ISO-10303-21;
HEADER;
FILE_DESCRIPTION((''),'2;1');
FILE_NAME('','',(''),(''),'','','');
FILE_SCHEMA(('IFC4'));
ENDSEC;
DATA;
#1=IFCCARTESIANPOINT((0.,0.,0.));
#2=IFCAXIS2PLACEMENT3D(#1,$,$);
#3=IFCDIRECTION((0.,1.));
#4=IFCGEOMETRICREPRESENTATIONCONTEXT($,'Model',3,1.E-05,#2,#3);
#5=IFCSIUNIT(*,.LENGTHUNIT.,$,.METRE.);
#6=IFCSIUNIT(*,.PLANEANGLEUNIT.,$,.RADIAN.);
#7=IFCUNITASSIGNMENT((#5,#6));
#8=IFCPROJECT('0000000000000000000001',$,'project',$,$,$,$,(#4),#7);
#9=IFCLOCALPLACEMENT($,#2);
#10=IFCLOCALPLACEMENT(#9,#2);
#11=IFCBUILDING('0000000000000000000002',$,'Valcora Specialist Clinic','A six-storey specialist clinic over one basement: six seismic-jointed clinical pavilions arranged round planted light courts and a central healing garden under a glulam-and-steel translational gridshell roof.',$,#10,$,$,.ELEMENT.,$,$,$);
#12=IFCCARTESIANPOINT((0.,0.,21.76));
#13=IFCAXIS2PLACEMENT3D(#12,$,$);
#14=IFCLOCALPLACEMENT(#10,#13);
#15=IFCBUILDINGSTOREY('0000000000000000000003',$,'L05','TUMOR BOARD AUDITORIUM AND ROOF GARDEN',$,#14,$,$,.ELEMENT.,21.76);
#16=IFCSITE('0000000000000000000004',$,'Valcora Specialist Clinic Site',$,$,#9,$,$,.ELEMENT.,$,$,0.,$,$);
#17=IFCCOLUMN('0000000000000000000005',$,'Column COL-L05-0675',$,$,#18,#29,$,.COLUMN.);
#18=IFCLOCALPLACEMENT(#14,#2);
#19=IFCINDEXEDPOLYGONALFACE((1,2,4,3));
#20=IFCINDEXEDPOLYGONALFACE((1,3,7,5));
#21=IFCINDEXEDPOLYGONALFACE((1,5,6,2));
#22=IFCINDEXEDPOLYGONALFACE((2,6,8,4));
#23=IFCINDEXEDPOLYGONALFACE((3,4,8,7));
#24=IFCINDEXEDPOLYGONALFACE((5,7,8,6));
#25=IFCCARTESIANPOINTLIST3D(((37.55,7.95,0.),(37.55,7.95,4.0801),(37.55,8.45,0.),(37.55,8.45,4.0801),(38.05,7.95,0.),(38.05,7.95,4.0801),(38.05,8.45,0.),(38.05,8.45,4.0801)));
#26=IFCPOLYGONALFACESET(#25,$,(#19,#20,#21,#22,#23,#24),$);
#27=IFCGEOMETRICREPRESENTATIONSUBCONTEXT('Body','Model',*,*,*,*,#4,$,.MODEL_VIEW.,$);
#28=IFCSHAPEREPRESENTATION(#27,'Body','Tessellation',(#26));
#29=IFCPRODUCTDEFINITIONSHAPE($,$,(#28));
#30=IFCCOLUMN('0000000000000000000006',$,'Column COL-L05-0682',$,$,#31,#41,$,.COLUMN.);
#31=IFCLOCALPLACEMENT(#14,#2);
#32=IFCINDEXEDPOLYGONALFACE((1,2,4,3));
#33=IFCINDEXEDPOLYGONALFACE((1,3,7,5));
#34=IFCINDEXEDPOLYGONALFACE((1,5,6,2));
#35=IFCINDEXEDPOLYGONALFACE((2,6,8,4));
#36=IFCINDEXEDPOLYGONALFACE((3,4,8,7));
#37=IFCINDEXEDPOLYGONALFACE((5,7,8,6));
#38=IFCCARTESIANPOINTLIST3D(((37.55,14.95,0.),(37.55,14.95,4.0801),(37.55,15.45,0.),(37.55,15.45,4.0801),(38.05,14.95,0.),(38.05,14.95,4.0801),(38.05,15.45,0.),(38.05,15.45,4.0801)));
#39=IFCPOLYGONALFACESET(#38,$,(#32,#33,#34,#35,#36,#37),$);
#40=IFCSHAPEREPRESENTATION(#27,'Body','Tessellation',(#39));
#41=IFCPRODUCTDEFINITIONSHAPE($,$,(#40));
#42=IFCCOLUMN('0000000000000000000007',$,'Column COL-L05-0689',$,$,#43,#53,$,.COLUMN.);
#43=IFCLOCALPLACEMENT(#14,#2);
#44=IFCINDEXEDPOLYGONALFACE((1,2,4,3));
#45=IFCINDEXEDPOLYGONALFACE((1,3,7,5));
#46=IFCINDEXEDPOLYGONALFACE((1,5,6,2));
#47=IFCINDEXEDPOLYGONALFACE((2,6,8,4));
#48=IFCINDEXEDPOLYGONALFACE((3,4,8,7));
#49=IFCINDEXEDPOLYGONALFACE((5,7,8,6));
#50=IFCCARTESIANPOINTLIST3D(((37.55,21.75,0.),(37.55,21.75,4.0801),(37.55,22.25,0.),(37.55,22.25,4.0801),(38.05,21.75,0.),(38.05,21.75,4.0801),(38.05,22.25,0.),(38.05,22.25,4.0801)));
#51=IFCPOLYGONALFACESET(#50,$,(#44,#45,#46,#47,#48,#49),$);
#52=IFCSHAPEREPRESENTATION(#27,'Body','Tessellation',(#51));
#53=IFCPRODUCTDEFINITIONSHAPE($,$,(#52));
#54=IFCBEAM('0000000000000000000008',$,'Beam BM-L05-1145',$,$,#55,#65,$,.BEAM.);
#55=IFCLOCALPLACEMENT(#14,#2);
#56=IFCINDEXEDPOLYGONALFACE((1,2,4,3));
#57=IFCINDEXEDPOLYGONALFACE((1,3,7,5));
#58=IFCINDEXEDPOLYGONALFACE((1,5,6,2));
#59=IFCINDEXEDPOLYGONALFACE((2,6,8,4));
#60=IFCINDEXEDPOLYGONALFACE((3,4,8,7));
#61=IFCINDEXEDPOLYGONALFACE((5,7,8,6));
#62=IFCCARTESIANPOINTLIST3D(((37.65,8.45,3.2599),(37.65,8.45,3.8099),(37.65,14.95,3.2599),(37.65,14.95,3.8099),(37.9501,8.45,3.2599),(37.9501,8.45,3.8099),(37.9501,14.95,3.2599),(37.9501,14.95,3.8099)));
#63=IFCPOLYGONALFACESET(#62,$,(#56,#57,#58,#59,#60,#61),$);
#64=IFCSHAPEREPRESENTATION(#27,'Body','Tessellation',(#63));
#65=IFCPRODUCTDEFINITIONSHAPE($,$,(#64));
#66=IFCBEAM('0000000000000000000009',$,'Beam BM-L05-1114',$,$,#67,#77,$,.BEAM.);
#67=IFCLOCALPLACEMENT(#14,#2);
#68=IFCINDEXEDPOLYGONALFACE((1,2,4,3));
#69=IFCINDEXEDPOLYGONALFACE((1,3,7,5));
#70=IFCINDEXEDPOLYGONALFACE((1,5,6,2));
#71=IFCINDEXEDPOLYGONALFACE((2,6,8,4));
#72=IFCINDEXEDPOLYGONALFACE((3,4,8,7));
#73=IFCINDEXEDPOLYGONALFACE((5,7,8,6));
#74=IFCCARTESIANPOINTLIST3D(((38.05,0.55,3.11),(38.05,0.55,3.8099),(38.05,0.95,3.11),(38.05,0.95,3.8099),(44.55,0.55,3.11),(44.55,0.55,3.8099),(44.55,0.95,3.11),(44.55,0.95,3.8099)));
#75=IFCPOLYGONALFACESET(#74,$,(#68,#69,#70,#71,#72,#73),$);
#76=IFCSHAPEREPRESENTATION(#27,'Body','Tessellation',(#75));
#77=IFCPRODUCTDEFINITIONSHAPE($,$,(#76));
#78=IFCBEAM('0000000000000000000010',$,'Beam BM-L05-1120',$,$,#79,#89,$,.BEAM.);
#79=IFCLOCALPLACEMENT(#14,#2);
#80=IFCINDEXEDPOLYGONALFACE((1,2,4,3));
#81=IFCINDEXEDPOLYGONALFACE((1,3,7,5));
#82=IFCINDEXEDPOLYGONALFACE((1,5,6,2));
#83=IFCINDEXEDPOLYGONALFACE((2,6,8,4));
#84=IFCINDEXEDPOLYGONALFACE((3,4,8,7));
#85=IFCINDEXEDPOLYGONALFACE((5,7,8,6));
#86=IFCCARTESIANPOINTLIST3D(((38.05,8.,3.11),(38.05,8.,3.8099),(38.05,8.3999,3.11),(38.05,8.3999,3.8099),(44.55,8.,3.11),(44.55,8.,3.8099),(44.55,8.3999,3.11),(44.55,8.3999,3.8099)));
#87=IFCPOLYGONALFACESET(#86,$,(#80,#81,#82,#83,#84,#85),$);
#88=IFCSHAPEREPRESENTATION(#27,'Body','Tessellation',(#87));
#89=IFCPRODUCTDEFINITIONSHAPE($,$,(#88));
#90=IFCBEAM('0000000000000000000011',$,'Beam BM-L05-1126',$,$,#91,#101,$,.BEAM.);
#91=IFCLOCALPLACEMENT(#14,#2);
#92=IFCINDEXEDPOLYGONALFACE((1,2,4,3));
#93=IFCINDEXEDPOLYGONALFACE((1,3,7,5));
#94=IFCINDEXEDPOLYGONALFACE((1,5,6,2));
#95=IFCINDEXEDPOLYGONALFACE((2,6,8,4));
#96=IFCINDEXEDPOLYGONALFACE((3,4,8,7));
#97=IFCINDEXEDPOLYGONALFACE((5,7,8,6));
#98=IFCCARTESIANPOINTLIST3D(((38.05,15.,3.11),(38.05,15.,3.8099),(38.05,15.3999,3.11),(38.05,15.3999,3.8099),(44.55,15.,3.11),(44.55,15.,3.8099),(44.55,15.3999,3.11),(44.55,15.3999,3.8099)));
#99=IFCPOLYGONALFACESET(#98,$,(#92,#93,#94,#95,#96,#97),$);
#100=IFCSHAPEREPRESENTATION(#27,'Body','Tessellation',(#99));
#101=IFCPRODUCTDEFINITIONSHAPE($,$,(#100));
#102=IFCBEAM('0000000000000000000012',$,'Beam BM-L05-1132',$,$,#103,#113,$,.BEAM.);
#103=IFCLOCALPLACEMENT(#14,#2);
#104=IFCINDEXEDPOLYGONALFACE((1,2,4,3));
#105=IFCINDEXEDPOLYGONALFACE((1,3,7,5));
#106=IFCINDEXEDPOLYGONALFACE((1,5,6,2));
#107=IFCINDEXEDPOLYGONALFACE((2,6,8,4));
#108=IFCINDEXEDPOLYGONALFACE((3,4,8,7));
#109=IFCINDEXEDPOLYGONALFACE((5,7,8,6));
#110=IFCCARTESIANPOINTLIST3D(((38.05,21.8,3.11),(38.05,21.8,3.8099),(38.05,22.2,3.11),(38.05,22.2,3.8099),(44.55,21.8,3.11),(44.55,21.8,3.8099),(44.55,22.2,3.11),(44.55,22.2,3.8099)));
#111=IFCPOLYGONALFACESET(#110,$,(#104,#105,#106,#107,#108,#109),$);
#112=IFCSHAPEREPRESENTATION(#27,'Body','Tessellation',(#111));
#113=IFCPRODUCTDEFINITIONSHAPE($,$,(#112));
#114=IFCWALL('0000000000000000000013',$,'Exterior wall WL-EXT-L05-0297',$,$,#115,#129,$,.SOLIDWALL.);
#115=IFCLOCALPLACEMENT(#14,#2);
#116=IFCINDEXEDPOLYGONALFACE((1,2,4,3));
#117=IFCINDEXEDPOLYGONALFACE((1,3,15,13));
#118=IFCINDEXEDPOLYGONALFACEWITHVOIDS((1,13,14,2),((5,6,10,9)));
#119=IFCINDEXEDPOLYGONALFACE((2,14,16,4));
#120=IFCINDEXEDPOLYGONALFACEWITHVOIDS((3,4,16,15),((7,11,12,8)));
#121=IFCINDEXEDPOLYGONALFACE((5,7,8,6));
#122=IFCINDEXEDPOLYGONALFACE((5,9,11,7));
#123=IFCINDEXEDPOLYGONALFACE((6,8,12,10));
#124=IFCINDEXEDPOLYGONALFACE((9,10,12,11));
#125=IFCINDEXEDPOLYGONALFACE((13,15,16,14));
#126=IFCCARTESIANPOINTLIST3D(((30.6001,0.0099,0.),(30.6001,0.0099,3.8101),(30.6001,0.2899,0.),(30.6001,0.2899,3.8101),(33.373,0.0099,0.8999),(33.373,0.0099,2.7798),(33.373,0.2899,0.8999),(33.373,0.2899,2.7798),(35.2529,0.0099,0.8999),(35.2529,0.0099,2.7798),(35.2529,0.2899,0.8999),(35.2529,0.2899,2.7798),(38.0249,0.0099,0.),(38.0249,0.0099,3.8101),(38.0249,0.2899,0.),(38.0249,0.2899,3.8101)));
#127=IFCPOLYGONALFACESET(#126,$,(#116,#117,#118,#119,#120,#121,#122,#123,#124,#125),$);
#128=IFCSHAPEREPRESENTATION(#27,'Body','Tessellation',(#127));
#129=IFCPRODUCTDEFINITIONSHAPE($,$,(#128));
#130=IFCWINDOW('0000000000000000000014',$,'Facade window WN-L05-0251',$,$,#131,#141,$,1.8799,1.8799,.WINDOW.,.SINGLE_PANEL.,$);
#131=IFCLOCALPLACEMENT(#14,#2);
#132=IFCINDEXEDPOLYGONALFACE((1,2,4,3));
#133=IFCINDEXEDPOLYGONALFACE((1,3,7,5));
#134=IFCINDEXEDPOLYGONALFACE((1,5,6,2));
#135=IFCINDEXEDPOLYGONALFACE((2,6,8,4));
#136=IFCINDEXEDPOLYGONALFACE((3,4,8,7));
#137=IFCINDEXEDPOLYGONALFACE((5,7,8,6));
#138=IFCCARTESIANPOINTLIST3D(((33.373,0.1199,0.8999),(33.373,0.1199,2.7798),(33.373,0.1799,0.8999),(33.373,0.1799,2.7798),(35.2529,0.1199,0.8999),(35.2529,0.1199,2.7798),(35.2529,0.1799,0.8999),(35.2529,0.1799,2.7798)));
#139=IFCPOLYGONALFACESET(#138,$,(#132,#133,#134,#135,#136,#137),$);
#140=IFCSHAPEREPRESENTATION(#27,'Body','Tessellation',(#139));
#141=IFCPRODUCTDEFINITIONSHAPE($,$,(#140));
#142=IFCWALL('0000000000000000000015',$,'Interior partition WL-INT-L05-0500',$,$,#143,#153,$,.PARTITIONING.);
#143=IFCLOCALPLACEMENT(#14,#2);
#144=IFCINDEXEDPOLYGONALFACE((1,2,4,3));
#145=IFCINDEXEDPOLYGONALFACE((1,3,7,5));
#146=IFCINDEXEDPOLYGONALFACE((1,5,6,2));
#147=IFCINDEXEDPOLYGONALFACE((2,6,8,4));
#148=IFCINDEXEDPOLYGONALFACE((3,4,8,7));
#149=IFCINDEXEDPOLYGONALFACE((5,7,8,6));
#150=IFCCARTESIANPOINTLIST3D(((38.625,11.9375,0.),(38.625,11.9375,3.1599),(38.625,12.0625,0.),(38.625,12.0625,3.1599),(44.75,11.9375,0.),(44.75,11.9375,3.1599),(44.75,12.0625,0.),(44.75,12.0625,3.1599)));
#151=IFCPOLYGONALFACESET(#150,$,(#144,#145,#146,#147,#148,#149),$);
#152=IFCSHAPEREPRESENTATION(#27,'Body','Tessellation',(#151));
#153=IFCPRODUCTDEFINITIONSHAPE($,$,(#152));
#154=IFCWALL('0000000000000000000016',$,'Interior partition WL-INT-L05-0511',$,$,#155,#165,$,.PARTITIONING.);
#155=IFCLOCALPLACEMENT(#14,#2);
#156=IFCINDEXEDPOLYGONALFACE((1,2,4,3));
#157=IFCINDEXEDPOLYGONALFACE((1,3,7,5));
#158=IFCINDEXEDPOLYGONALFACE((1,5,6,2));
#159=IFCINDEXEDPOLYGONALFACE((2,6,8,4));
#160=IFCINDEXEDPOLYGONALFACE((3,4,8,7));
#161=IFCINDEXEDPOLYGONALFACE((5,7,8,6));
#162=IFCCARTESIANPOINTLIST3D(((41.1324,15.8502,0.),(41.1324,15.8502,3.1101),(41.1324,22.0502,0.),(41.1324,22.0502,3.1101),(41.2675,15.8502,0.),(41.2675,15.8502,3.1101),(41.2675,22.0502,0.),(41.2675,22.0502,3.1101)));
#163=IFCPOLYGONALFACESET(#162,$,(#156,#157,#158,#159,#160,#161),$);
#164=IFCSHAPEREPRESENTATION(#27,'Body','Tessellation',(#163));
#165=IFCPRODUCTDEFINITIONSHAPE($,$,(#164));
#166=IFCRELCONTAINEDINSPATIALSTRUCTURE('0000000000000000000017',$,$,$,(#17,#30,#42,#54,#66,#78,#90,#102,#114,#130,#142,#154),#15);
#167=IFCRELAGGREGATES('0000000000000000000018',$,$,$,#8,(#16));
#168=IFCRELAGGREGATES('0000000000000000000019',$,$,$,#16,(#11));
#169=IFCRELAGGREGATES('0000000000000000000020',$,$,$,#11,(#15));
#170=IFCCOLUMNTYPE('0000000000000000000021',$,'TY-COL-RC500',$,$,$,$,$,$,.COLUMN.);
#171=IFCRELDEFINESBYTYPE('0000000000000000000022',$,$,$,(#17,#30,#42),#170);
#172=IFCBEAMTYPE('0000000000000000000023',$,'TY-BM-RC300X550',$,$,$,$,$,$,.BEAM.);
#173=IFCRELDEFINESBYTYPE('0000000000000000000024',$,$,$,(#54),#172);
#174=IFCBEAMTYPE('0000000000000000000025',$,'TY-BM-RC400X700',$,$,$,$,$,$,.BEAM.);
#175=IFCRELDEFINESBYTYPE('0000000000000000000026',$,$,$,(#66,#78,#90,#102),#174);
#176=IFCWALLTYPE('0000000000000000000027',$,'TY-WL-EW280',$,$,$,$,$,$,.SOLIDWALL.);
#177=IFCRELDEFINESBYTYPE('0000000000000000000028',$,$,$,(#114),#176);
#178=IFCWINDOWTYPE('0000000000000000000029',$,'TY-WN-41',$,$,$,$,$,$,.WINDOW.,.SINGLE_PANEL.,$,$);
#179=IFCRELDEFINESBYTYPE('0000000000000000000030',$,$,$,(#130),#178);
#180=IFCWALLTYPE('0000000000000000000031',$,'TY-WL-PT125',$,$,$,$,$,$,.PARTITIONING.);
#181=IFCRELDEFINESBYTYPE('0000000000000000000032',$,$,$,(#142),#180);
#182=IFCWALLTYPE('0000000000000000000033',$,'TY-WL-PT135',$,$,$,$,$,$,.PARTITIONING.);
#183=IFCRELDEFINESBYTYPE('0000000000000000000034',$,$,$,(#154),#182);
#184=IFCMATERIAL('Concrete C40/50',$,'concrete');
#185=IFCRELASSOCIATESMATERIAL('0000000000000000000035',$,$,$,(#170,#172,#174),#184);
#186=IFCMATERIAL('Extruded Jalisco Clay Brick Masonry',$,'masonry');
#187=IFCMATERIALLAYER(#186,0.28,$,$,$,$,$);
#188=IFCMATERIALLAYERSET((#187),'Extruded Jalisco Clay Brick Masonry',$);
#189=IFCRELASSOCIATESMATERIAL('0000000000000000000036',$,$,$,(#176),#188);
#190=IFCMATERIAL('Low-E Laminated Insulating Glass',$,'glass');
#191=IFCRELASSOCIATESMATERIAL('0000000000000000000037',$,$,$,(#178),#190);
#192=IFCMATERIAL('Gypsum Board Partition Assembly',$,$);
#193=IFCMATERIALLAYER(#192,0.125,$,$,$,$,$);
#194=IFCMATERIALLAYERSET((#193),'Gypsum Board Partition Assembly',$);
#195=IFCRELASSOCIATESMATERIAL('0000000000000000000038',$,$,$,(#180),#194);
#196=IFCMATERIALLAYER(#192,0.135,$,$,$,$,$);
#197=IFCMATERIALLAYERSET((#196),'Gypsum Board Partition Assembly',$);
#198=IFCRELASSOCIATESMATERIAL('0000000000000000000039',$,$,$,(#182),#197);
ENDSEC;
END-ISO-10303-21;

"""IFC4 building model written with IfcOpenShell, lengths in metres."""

from ifc_helpers import new_model, si_unit, direction, frame, frame_2d, origin, origin_2d, place, context, subcontext, project, spatial, rectangle, extrude, material, layer, layer_set, material_profile, profile_set, type_object, element, fill, save


model = new_model("IFC4")

# Units and contexts
model_context = context("Model", 3, precision=1e-05, world=origin(), true_north=direction((0.0, 1.0)))
body_context = subcontext(model_context, "Body", "Model", "MODEL_VIEW")
ifc_project = project(units=[si_unit("LENGTHUNIT", "METRE"), si_unit("PLANEANGLEUNIT", "RADIAN")], contexts=[model_context])

# Site, building, storey
site_placement = place(None, origin())
site = spatial("IfcSite", under=ifc_project, at=site_placement, Name="Valcora Specialist Clinic Site", CompositionType="ELEMENT", RefElevation=0.0)
building_placement = place(site_placement, origin())
building = spatial("IfcBuilding", under=site, at=building_placement, Name="Valcora Specialist Clinic", Description="A six-storey specialist clinic over one basement: six seismic-jointed clinical pavilions arranged round planted light courts and a central healing garden under a glulam-and-steel translational gridshell roof.", CompositionType="ELEMENT")
storey_placement = place(building_placement, frame((0.0, 0.0, 21.76)))
storey = spatial("IfcBuildingStorey", under=building, at=storey_placement, Name="L05", Description="TUMOR BOARD AUDITORIUM AND ROOF GARDEN", CompositionType="ELEMENT", Elevation=21.76)

# Columns
ifc_material_1 = material(Name="Concrete C40/50", Category="concrete")
ifc_material_profile_1 = material_profile(ifc_material_1, rectangle(XDim=0.5, YDim=0.5, at=origin_2d()), Name="RC-COL-500X500")
ifc_profile_set_1 = profile_set([ifc_material_profile_1], Name="Concrete C40/50")
column_type = type_object("IfcColumnType", Name="TY-COL-RC500", PredefinedType="COLUMN", material=ifc_profile_set_1)
for number, where, z_axis, x_axis, name in (
    (1, (37.8, 8.2, 0.0), (0.0, 0.0, 1.0), (1.0, 0.0, 0.0), "Column COL-L05-0675"),
    (2, (37.8, 15.2, 0.0), (0.0, 0.0, 1.0), (1.0, 0.0, 0.0), "Column COL-L05-0682"),
    (3, (37.8, 22.0, 0.0), (0.0, 0.0, 1.0), (1.0, 0.0, 0.0), "Column COL-L05-0689"),
):
    element("IfcColumn", number, at=place(storey_placement, frame(where, z_axis=z_axis, x_axis=x_axis)), inside=storey, type_object=column_type, Name=name, PredefinedType="COLUMN", context=body_context, shape_type="SweptSolid", body=[
        extrude(rectangle(XDim=0.5, YDim=0.5, at=origin_2d()), origin(), (0.0, 0.0, 1.0), 4.0801),
    ])

# Beams
ifc_material_profile_2 = material_profile(ifc_material_1, rectangle(XDim=0.3, YDim=0.55, at=origin_2d()), Name="RC-BM-300X550")
ifc_profile_set_2 = profile_set([ifc_material_profile_2], Name="Concrete C40/50")
beam_type_1 = type_object("IfcBeamType", Name="TY-BM-RC300X550", PredefinedType="BEAM", material=ifc_profile_set_2)
beam_placement = place(storey_placement, frame((37.8, 8.45, 3.5349), z_axis=(0.0, 1.0, 0.0), x_axis=(-1.0, 0.0, 0.0)))
element("IfcBeam", 4, at=beam_placement, inside=storey, type_object=beam_type_1, Name="Beam BM-L05-1145", PredefinedType="BEAM", context=body_context, shape_type="SweptSolid", body=[
    extrude(rectangle(XDim=0.3, YDim=0.55, at=origin_2d()), origin(), (0.0, 0.0, 1.0), 6.5),
])
ifc_material_profile_3 = material_profile(ifc_material_1, rectangle(XDim=0.3999, YDim=0.7, at=origin_2d()), Name="RC-BM-400X700")
ifc_profile_set_3 = profile_set([ifc_material_profile_3], Name="Concrete C40/50")
beam_type_2 = type_object("IfcBeamType", Name="TY-BM-RC400X700", PredefinedType="BEAM", material=ifc_profile_set_3)
for number, where, z_axis, x_axis, name in (
    (5, (38.05, 0.75, 3.46), (1.0, 0.0, 0.0), (0.0, 1.0, 0.0), "Beam BM-L05-1114"),
    (6, (38.05, 8.2, 3.46), (1.0, 0.0, 0.0), (0.0, 1.0, 0.0), "Beam BM-L05-1120"),
    (7, (38.05, 15.2, 3.46), (1.0, 0.0, 0.0), (0.0, 1.0, 0.0), "Beam BM-L05-1126"),
    (8, (38.05, 22.0, 3.46), (1.0, 0.0, 0.0), (0.0, 1.0, 0.0), "Beam BM-L05-1132"),
):
    element("IfcBeam", number, at=place(storey_placement, frame(where, z_axis=z_axis, x_axis=x_axis)), inside=storey, type_object=beam_type_2, Name=name, PredefinedType="BEAM", context=body_context, shape_type="SweptSolid", body=[
        extrude(rectangle(XDim=0.3999, YDim=0.7, at=origin_2d()), origin(), (0.0, 0.0, 1.0), 6.5),
    ])

# Wall, opening, window
ifc_material_2 = material(Name="Extruded Jalisco Clay Brick Masonry", Category="masonry")
ifc_layer_1 = layer(ifc_material_2, 0.28)
ifc_layer_set_1 = layer_set([ifc_layer_1], Name="Extruded Jalisco Clay Brick Masonry")
wall_type_1 = type_object("IfcWallType", Name="TY-WL-EW280", PredefinedType="SOLIDWALL", material=ifc_layer_set_1)
wall_1_placement = place(storey_placement, frame((38.0249, 0.1499, 0.0), z_axis=(0.0, 0.0, 1.0), x_axis=(-1.0, 0.0, 0.0)))
wall_1 = element("IfcWall", 9, at=wall_1_placement, inside=storey, type_object=wall_type_1, Name="Exterior wall WL-EXT-L05-0297", PredefinedType="SOLIDWALL", context=body_context, shape_type="SweptSolid", body=[
    extrude(rectangle(XDim=7.4248, YDim=0.28, at=frame_2d((3.7124, 0.0))), origin(), (0.0, 0.0, 1.0), 3.8101),
])
opening_1_placement = place(wall_1_placement, frame((2.772, 0.0, 0.8999)))
opening_1 = element("IfcOpeningElement", 10, at=opening_1_placement, cuts=wall_1, PredefinedType="OPENING", context=body_context, shape_type="SweptSolid", body=[
    extrude(rectangle(XDim=1.8799, YDim=1.8799, at=frame_2d((0.9399, 0.9399))), frame((0.0, 0.1499, 0.0), z_axis=(0.0, -1.0, 0.0), x_axis=(1.0, 0.0, 0.0)), (0.0, 0.0, 1.0), 0.3),
])
ifc_material_3 = material(Name="Low-E Laminated Insulating Glass", Category="glass")
window_type = type_object("IfcWindowType", Name="TY-WN-41", PartitioningType="SINGLE_PANEL", PredefinedType="WINDOW", material=ifc_material_3)
window_placement = place(opening_1_placement, origin())
window = element("IfcWindow", 11, at=window_placement, inside=storey, type_object=window_type, Name="Facade window WN-L05-0251", OverallHeight=1.8799, OverallWidth=1.8799, PartitioningType="SINGLE_PANEL", PredefinedType="WINDOW", context=body_context, shape_type="SweptSolid", body=[
    extrude(rectangle(XDim=1.8799, YDim=1.8799, at=frame_2d((0.9399, 0.9399))), frame((0.0, 0.03, 0.0), z_axis=(0.0, -1.0, 0.0), x_axis=(1.0, 0.0, 0.0)), (0.0, 0.0, 1.0), 0.0601),
])
fill(opening_1, window)

# Walls
ifc_material_4 = material(Name="Gypsum Board Partition Assembly")
ifc_layer_2 = layer(ifc_material_4, 0.125)
ifc_layer_set_2 = layer_set([ifc_layer_2], Name="Gypsum Board Partition Assembly")
wall_type_2 = type_object("IfcWallType", Name="TY-WL-PT125", PredefinedType="PARTITIONING", material=ifc_layer_set_2)
wall_2_placement = place(storey_placement, frame((38.625, 12.0, 0.0), z_axis=(0.0, 0.0, 1.0), x_axis=(1.0, 0.0, 0.0)))
element("IfcWall", 12, at=wall_2_placement, inside=storey, type_object=wall_type_2, Name="Interior partition WL-INT-L05-0500", PredefinedType="PARTITIONING", context=body_context, shape_type="SweptSolid", body=[
    extrude(rectangle(XDim=6.125, YDim=0.125, at=frame_2d((3.0625, 0.0))), origin(), (0.0, 0.0, 1.0), 3.1599),
])
ifc_layer_3 = layer(ifc_material_4, 0.135)
ifc_layer_set_3 = layer_set([ifc_layer_3], Name="Gypsum Board Partition Assembly")
wall_type_3 = type_object("IfcWallType", Name="TY-WL-PT135", PredefinedType="PARTITIONING", material=ifc_layer_set_3)
wall_3_placement = place(storey_placement, frame((41.2, 15.8501, 0.0), z_axis=(0.0, 0.0, 1.0), x_axis=(0.0, 1.0, 0.0)))
element("IfcWall", 13, at=wall_3_placement, inside=storey, type_object=wall_type_3, Name="Interior partition WL-INT-L05-0511", PredefinedType="PARTITIONING", context=body_context, shape_type="SweptSolid", body=[
    extrude(rectangle(XDim=6.2, YDim=0.135, at=frame_2d((3.1001, 0.0))), origin(), (0.0, 0.0, 1.0), 3.1101),
])

save(model, "model.ifc")
